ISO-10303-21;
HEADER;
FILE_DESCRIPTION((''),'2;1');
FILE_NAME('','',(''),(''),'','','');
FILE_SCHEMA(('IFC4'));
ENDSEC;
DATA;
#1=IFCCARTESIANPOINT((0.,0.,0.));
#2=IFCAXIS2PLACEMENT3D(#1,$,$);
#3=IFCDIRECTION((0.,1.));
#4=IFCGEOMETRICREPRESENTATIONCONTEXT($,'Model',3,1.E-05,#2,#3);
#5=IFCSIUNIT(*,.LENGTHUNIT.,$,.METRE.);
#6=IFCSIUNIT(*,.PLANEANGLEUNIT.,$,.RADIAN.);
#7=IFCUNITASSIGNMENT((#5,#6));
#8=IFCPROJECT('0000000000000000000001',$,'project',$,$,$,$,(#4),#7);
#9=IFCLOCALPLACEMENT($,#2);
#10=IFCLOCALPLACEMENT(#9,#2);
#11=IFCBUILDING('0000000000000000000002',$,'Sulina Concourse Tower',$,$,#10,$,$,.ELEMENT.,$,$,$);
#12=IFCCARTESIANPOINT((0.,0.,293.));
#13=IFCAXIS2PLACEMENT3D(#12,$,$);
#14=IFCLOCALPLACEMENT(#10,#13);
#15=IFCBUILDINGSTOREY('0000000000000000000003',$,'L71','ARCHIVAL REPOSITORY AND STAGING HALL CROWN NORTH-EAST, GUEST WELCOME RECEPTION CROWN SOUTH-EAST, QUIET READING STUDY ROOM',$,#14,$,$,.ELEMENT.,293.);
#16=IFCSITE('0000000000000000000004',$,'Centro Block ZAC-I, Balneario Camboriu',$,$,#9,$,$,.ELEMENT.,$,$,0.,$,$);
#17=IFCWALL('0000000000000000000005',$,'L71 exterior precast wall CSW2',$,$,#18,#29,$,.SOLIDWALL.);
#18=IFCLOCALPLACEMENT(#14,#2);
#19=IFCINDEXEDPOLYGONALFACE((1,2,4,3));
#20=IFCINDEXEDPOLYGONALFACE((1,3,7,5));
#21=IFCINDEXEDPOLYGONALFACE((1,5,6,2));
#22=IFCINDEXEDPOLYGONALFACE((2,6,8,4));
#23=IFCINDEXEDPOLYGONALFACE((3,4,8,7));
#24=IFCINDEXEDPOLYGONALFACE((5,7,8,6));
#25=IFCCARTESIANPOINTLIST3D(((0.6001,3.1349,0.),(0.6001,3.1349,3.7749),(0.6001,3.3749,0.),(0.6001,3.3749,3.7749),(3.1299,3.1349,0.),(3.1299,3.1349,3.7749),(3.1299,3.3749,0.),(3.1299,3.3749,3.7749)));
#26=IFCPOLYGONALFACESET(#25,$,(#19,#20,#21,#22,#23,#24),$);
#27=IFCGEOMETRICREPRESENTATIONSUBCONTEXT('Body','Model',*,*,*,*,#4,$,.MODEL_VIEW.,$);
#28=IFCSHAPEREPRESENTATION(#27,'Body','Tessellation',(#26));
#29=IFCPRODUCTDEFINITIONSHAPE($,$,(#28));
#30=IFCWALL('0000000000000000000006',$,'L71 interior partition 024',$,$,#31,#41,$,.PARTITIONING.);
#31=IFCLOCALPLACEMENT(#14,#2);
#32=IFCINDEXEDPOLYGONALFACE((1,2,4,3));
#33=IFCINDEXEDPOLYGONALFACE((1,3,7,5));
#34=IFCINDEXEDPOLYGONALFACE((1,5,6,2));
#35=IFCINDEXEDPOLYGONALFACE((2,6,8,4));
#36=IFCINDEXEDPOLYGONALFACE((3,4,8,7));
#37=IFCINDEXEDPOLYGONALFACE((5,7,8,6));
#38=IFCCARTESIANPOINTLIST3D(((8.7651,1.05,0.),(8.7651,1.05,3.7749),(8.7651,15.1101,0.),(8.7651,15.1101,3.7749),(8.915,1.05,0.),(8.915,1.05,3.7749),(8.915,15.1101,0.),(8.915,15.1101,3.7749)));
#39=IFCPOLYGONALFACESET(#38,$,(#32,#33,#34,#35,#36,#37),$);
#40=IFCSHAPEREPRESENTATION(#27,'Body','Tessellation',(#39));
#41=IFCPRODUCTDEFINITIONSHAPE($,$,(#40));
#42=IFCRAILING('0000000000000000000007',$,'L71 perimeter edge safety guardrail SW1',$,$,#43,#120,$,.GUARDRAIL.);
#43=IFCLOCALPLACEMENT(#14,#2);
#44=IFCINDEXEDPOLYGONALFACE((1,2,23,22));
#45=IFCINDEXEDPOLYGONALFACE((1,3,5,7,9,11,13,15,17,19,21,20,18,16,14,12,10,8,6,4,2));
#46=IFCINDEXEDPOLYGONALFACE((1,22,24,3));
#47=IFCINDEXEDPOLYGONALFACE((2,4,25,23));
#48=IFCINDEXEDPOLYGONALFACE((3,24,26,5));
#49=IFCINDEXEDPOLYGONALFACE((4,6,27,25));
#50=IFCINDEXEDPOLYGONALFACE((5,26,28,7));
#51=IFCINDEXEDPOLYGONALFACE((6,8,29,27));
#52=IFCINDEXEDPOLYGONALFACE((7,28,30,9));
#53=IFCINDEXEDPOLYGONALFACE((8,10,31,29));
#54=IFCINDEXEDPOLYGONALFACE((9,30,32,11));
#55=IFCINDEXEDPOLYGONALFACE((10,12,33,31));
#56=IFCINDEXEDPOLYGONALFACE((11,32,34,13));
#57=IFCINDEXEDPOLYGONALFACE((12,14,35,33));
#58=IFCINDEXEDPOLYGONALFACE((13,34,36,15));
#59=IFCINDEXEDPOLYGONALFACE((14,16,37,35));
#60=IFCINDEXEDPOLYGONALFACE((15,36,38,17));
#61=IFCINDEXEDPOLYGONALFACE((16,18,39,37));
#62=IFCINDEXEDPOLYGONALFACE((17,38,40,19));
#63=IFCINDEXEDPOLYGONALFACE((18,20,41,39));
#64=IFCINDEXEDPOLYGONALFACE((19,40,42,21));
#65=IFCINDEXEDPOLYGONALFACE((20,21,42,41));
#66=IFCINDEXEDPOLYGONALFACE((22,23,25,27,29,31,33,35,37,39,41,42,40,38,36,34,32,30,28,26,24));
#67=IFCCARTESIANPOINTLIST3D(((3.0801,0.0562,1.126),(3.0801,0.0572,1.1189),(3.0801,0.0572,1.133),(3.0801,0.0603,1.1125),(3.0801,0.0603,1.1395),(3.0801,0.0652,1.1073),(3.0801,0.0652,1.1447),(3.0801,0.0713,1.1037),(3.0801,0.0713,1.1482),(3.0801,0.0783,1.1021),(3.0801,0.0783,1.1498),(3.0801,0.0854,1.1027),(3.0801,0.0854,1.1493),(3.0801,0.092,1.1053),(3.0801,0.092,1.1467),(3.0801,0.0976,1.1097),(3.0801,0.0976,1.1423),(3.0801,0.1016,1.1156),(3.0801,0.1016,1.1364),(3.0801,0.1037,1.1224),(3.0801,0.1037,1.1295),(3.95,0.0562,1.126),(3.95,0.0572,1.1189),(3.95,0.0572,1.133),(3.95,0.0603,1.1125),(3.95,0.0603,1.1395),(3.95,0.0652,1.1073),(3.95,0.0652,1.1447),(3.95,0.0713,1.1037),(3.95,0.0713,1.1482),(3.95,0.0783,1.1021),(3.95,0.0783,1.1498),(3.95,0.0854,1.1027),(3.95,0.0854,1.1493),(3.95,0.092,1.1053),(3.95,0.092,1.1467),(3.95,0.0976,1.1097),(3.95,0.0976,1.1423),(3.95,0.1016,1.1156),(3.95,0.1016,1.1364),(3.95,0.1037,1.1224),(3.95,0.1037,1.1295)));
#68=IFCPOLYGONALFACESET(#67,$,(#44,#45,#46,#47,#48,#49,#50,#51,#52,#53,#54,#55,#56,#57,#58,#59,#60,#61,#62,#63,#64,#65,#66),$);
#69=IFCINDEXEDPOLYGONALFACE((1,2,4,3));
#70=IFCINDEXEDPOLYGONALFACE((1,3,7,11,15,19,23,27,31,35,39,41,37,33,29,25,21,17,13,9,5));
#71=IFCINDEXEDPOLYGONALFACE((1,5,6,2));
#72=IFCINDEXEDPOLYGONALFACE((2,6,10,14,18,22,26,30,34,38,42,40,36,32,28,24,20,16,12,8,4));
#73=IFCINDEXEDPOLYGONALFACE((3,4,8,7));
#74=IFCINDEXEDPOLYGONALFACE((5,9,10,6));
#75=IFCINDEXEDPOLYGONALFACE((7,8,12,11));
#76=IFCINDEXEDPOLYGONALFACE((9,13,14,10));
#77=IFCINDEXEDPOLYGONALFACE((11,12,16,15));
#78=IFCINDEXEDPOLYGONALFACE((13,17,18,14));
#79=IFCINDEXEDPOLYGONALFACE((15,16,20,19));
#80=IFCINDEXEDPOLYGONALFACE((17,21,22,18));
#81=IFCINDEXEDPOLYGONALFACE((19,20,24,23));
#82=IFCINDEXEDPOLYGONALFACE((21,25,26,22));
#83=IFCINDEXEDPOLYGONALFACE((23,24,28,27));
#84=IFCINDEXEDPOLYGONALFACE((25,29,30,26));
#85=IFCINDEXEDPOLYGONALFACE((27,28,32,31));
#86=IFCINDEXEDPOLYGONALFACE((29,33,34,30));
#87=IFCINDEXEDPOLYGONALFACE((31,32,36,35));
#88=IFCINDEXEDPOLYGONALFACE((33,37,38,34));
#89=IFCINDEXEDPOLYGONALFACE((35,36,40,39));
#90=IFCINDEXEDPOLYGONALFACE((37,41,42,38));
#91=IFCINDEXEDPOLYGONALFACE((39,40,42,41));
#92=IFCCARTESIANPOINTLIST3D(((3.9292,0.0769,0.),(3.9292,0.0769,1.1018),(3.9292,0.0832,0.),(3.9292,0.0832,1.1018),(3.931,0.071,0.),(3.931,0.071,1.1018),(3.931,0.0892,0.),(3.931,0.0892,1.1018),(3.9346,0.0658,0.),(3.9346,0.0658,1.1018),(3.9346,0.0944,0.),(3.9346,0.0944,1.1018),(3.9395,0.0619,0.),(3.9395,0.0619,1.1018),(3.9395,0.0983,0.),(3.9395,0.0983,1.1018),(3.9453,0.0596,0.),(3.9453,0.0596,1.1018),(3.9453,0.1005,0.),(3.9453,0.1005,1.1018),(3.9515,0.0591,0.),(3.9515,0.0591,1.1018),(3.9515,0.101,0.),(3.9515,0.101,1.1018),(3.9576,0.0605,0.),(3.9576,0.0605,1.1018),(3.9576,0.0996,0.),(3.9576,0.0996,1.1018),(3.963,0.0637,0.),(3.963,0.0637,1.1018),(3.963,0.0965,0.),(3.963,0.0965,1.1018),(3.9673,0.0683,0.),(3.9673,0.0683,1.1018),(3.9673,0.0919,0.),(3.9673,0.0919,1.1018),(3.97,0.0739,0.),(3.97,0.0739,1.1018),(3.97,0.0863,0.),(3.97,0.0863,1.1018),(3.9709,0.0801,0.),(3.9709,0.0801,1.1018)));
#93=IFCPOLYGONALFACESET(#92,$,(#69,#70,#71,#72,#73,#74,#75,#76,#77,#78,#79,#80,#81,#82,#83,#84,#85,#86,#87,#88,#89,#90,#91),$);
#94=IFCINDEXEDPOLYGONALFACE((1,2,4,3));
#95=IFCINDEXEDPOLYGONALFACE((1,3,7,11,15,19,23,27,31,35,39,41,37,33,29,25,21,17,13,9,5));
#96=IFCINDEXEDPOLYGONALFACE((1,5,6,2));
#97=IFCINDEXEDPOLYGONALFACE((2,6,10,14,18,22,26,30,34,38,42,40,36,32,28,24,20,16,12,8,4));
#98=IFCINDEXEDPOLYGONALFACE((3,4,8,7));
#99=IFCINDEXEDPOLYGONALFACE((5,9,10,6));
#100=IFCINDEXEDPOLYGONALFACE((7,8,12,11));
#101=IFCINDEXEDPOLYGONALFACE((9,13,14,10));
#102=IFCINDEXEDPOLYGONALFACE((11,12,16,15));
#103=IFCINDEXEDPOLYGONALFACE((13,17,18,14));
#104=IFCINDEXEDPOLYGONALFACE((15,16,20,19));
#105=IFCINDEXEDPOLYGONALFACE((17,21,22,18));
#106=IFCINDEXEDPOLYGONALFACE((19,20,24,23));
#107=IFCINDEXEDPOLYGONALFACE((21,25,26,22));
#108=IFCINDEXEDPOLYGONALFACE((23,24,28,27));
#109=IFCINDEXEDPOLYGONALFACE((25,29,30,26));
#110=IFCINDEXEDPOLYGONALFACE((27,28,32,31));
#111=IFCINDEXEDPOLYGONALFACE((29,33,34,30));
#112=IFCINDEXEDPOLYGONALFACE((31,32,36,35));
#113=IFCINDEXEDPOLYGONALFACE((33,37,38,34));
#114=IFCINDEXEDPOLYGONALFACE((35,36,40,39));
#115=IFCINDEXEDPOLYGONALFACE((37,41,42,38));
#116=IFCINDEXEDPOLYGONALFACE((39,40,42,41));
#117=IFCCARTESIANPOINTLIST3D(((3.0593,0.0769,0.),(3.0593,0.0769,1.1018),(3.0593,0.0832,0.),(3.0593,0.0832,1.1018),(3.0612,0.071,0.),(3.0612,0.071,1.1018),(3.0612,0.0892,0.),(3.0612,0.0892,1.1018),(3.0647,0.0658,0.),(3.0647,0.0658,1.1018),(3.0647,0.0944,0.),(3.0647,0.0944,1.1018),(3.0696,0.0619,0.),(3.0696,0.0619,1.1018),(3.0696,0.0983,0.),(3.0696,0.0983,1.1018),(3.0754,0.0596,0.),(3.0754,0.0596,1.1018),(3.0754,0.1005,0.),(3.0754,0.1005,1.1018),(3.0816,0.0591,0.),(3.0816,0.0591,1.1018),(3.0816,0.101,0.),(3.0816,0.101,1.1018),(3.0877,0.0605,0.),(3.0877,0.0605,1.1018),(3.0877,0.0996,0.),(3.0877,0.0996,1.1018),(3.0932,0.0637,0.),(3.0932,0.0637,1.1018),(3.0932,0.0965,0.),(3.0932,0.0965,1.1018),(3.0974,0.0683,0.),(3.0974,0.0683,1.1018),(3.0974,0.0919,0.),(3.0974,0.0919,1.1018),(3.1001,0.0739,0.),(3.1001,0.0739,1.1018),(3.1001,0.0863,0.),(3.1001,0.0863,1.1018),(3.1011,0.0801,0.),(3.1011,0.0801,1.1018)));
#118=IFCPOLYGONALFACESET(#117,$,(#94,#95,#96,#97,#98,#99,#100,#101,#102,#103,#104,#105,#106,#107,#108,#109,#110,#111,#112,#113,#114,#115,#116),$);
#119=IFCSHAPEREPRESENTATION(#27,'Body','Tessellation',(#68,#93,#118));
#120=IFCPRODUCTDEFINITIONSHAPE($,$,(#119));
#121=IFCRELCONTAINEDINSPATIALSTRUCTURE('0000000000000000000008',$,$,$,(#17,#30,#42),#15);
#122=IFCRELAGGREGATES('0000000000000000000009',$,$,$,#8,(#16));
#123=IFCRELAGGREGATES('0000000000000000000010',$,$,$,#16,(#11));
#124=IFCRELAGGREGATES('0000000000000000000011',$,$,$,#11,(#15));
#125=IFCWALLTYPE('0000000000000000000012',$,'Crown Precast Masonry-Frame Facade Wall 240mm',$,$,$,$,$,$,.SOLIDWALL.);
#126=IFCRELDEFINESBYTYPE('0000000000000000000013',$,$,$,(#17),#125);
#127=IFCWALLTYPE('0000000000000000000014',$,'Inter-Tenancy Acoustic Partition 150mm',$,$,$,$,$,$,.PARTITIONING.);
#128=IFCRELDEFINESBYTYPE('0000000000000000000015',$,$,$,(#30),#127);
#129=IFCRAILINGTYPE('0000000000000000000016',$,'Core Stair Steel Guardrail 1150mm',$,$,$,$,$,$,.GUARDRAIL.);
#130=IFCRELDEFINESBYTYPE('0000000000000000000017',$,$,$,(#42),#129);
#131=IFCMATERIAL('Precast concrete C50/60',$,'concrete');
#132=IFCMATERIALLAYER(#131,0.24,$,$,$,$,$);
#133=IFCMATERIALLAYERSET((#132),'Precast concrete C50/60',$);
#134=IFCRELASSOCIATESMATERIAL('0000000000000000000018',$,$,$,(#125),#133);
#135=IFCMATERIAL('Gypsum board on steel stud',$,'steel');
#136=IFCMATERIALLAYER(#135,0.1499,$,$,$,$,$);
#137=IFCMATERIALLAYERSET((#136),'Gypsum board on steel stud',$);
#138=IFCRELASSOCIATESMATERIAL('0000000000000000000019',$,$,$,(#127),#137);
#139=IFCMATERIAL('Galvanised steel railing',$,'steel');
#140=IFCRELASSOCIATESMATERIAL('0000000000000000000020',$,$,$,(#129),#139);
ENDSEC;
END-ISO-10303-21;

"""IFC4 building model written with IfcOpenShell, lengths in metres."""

from ifc_helpers import new_model, si_unit, direction, frame, frame_2d, origin, origin_2d, place, context, subcontext, project, spatial, rectangle, circle, extrude, material, layer, layer_set, type_object, element, save


model = new_model("IFC4")

# Units and contexts
model_context = context("Model", 3, precision=1e-05, world=origin(), true_north=direction((0.0, 1.0)))
body_context = subcontext(model_context, "Body", "Model", "MODEL_VIEW")
ifc_project = project(units=[si_unit("LENGTHUNIT", "METRE"), si_unit("PLANEANGLEUNIT", "RADIAN")], contexts=[model_context])

# Site, building, storey
site_placement = place(None, origin())
site = spatial("IfcSite", under=ifc_project, at=site_placement, Name="Centro Block ZAC-I, Balneario Camboriu", CompositionType="ELEMENT", RefElevation=0.0)
building_placement = place(site_placement, origin())
building = spatial("IfcBuilding", under=site, at=building_placement, Name="Sulina Concourse Tower", CompositionType="ELEMENT")
storey_placement = place(building_placement, frame((0.0, 0.0, 293.0)))
storey = spatial("IfcBuildingStorey", under=building, at=storey_placement, Name="L71", Description="ARCHIVAL REPOSITORY AND STAGING HALL CROWN NORTH-EAST, GUEST WELCOME RECEPTION CROWN SOUTH-EAST, QUIET READING STUDY ROOM", CompositionType="ELEMENT", Elevation=293.0)

# Shared definitions
ifc_material_1 = material(Name="Precast concrete C50/60", Category="concrete")
ifc_layer_1 = layer(ifc_material_1, 0.24)
ifc_layer_set_1 = layer_set([ifc_layer_1], Name="Precast concrete C50/60")
wall_type_1 = type_object("IfcWallType", Name="Crown Precast Masonry-Frame Facade Wall 240mm", PredefinedType="SOLIDWALL", material=ifc_layer_set_1)

# Walls
wall_1_placement = place(storey_placement, frame((3.1299, 3.2549, 0.0), z_axis=(0.0, 0.0, 1.0), x_axis=(-1.0, 0.0, 0.0)))
element("IfcWall", 1, at=wall_1_placement, inside=storey, type_object=wall_type_1, Name="L71 exterior precast wall CSW2", PredefinedType="SOLIDWALL", context=body_context, shape_type="SweptSolid", body=[
    extrude(rectangle(XDim=2.5298, YDim=0.24, at=frame_2d((1.2649, 0.0))), origin(), (0.0, 0.0, 1.0), 3.7749),
])
ifc_material_2 = material(Name="Gypsum board on steel stud", Category="steel")
ifc_layer_2 = layer(ifc_material_2, 0.1499)
ifc_layer_set_2 = layer_set([ifc_layer_2], Name="Gypsum board on steel stud")
wall_type_2 = type_object("IfcWallType", Name="Inter-Tenancy Acoustic Partition 150mm", PredefinedType="PARTITIONING", material=ifc_layer_set_2)
wall_2_placement = place(storey_placement, frame((8.8401, 1.05, 0.0), z_axis=(0.0, 0.0, 1.0), x_axis=(0.0, 1.0, 0.0)))
element("IfcWall", 2, at=wall_2_placement, inside=storey, type_object=wall_type_2, Name="L71 interior partition 024", PredefinedType="PARTITIONING", context=body_context, shape_type="SweptSolid", body=[
    extrude(rectangle(XDim=14.0601, YDim=0.1499, at=frame_2d((7.03, 0.0))), origin(), (0.0, 0.0, 1.0), 3.7749),
])

# Railing
ifc_material_3 = material(Name="Galvanised steel railing", Category="steel")
railing_type = type_object("IfcRailingType", Name="Core Stair Steel Guardrail 1150mm", PredefinedType="GUARDRAIL", material=ifc_material_3)
railing_1_placement = place(storey_placement, frame((3.95, 0.0801, 0.0)))
element("IfcRailing", 3, at=railing_1_placement, inside=storey, type_object=railing_type, Name="L71 perimeter edge safety guardrail SW1", PredefinedType="GUARDRAIL", context=body_context, shape_type="SweptSolid", body=[
    extrude(circle(Radius=0.0239, at=origin_2d()), frame((0.0, 0.0, 1.126), z_axis=(-1.0, 0.0, 0.0), x_axis=(0.0, -1.0, 0.0)), (0.0, 0.0, 1.0), 0.8699),
    extrude(circle(Radius=0.021, at=origin_2d()), origin(), (0.0, 0.0, 1.0), 1.1018),
    extrude(circle(Radius=0.021, at=origin_2d()), frame((-0.8699, 0.0, 0.0)), (0.0, 0.0, 1.0), 1.1018),
])

save(model, "model.ifc")
